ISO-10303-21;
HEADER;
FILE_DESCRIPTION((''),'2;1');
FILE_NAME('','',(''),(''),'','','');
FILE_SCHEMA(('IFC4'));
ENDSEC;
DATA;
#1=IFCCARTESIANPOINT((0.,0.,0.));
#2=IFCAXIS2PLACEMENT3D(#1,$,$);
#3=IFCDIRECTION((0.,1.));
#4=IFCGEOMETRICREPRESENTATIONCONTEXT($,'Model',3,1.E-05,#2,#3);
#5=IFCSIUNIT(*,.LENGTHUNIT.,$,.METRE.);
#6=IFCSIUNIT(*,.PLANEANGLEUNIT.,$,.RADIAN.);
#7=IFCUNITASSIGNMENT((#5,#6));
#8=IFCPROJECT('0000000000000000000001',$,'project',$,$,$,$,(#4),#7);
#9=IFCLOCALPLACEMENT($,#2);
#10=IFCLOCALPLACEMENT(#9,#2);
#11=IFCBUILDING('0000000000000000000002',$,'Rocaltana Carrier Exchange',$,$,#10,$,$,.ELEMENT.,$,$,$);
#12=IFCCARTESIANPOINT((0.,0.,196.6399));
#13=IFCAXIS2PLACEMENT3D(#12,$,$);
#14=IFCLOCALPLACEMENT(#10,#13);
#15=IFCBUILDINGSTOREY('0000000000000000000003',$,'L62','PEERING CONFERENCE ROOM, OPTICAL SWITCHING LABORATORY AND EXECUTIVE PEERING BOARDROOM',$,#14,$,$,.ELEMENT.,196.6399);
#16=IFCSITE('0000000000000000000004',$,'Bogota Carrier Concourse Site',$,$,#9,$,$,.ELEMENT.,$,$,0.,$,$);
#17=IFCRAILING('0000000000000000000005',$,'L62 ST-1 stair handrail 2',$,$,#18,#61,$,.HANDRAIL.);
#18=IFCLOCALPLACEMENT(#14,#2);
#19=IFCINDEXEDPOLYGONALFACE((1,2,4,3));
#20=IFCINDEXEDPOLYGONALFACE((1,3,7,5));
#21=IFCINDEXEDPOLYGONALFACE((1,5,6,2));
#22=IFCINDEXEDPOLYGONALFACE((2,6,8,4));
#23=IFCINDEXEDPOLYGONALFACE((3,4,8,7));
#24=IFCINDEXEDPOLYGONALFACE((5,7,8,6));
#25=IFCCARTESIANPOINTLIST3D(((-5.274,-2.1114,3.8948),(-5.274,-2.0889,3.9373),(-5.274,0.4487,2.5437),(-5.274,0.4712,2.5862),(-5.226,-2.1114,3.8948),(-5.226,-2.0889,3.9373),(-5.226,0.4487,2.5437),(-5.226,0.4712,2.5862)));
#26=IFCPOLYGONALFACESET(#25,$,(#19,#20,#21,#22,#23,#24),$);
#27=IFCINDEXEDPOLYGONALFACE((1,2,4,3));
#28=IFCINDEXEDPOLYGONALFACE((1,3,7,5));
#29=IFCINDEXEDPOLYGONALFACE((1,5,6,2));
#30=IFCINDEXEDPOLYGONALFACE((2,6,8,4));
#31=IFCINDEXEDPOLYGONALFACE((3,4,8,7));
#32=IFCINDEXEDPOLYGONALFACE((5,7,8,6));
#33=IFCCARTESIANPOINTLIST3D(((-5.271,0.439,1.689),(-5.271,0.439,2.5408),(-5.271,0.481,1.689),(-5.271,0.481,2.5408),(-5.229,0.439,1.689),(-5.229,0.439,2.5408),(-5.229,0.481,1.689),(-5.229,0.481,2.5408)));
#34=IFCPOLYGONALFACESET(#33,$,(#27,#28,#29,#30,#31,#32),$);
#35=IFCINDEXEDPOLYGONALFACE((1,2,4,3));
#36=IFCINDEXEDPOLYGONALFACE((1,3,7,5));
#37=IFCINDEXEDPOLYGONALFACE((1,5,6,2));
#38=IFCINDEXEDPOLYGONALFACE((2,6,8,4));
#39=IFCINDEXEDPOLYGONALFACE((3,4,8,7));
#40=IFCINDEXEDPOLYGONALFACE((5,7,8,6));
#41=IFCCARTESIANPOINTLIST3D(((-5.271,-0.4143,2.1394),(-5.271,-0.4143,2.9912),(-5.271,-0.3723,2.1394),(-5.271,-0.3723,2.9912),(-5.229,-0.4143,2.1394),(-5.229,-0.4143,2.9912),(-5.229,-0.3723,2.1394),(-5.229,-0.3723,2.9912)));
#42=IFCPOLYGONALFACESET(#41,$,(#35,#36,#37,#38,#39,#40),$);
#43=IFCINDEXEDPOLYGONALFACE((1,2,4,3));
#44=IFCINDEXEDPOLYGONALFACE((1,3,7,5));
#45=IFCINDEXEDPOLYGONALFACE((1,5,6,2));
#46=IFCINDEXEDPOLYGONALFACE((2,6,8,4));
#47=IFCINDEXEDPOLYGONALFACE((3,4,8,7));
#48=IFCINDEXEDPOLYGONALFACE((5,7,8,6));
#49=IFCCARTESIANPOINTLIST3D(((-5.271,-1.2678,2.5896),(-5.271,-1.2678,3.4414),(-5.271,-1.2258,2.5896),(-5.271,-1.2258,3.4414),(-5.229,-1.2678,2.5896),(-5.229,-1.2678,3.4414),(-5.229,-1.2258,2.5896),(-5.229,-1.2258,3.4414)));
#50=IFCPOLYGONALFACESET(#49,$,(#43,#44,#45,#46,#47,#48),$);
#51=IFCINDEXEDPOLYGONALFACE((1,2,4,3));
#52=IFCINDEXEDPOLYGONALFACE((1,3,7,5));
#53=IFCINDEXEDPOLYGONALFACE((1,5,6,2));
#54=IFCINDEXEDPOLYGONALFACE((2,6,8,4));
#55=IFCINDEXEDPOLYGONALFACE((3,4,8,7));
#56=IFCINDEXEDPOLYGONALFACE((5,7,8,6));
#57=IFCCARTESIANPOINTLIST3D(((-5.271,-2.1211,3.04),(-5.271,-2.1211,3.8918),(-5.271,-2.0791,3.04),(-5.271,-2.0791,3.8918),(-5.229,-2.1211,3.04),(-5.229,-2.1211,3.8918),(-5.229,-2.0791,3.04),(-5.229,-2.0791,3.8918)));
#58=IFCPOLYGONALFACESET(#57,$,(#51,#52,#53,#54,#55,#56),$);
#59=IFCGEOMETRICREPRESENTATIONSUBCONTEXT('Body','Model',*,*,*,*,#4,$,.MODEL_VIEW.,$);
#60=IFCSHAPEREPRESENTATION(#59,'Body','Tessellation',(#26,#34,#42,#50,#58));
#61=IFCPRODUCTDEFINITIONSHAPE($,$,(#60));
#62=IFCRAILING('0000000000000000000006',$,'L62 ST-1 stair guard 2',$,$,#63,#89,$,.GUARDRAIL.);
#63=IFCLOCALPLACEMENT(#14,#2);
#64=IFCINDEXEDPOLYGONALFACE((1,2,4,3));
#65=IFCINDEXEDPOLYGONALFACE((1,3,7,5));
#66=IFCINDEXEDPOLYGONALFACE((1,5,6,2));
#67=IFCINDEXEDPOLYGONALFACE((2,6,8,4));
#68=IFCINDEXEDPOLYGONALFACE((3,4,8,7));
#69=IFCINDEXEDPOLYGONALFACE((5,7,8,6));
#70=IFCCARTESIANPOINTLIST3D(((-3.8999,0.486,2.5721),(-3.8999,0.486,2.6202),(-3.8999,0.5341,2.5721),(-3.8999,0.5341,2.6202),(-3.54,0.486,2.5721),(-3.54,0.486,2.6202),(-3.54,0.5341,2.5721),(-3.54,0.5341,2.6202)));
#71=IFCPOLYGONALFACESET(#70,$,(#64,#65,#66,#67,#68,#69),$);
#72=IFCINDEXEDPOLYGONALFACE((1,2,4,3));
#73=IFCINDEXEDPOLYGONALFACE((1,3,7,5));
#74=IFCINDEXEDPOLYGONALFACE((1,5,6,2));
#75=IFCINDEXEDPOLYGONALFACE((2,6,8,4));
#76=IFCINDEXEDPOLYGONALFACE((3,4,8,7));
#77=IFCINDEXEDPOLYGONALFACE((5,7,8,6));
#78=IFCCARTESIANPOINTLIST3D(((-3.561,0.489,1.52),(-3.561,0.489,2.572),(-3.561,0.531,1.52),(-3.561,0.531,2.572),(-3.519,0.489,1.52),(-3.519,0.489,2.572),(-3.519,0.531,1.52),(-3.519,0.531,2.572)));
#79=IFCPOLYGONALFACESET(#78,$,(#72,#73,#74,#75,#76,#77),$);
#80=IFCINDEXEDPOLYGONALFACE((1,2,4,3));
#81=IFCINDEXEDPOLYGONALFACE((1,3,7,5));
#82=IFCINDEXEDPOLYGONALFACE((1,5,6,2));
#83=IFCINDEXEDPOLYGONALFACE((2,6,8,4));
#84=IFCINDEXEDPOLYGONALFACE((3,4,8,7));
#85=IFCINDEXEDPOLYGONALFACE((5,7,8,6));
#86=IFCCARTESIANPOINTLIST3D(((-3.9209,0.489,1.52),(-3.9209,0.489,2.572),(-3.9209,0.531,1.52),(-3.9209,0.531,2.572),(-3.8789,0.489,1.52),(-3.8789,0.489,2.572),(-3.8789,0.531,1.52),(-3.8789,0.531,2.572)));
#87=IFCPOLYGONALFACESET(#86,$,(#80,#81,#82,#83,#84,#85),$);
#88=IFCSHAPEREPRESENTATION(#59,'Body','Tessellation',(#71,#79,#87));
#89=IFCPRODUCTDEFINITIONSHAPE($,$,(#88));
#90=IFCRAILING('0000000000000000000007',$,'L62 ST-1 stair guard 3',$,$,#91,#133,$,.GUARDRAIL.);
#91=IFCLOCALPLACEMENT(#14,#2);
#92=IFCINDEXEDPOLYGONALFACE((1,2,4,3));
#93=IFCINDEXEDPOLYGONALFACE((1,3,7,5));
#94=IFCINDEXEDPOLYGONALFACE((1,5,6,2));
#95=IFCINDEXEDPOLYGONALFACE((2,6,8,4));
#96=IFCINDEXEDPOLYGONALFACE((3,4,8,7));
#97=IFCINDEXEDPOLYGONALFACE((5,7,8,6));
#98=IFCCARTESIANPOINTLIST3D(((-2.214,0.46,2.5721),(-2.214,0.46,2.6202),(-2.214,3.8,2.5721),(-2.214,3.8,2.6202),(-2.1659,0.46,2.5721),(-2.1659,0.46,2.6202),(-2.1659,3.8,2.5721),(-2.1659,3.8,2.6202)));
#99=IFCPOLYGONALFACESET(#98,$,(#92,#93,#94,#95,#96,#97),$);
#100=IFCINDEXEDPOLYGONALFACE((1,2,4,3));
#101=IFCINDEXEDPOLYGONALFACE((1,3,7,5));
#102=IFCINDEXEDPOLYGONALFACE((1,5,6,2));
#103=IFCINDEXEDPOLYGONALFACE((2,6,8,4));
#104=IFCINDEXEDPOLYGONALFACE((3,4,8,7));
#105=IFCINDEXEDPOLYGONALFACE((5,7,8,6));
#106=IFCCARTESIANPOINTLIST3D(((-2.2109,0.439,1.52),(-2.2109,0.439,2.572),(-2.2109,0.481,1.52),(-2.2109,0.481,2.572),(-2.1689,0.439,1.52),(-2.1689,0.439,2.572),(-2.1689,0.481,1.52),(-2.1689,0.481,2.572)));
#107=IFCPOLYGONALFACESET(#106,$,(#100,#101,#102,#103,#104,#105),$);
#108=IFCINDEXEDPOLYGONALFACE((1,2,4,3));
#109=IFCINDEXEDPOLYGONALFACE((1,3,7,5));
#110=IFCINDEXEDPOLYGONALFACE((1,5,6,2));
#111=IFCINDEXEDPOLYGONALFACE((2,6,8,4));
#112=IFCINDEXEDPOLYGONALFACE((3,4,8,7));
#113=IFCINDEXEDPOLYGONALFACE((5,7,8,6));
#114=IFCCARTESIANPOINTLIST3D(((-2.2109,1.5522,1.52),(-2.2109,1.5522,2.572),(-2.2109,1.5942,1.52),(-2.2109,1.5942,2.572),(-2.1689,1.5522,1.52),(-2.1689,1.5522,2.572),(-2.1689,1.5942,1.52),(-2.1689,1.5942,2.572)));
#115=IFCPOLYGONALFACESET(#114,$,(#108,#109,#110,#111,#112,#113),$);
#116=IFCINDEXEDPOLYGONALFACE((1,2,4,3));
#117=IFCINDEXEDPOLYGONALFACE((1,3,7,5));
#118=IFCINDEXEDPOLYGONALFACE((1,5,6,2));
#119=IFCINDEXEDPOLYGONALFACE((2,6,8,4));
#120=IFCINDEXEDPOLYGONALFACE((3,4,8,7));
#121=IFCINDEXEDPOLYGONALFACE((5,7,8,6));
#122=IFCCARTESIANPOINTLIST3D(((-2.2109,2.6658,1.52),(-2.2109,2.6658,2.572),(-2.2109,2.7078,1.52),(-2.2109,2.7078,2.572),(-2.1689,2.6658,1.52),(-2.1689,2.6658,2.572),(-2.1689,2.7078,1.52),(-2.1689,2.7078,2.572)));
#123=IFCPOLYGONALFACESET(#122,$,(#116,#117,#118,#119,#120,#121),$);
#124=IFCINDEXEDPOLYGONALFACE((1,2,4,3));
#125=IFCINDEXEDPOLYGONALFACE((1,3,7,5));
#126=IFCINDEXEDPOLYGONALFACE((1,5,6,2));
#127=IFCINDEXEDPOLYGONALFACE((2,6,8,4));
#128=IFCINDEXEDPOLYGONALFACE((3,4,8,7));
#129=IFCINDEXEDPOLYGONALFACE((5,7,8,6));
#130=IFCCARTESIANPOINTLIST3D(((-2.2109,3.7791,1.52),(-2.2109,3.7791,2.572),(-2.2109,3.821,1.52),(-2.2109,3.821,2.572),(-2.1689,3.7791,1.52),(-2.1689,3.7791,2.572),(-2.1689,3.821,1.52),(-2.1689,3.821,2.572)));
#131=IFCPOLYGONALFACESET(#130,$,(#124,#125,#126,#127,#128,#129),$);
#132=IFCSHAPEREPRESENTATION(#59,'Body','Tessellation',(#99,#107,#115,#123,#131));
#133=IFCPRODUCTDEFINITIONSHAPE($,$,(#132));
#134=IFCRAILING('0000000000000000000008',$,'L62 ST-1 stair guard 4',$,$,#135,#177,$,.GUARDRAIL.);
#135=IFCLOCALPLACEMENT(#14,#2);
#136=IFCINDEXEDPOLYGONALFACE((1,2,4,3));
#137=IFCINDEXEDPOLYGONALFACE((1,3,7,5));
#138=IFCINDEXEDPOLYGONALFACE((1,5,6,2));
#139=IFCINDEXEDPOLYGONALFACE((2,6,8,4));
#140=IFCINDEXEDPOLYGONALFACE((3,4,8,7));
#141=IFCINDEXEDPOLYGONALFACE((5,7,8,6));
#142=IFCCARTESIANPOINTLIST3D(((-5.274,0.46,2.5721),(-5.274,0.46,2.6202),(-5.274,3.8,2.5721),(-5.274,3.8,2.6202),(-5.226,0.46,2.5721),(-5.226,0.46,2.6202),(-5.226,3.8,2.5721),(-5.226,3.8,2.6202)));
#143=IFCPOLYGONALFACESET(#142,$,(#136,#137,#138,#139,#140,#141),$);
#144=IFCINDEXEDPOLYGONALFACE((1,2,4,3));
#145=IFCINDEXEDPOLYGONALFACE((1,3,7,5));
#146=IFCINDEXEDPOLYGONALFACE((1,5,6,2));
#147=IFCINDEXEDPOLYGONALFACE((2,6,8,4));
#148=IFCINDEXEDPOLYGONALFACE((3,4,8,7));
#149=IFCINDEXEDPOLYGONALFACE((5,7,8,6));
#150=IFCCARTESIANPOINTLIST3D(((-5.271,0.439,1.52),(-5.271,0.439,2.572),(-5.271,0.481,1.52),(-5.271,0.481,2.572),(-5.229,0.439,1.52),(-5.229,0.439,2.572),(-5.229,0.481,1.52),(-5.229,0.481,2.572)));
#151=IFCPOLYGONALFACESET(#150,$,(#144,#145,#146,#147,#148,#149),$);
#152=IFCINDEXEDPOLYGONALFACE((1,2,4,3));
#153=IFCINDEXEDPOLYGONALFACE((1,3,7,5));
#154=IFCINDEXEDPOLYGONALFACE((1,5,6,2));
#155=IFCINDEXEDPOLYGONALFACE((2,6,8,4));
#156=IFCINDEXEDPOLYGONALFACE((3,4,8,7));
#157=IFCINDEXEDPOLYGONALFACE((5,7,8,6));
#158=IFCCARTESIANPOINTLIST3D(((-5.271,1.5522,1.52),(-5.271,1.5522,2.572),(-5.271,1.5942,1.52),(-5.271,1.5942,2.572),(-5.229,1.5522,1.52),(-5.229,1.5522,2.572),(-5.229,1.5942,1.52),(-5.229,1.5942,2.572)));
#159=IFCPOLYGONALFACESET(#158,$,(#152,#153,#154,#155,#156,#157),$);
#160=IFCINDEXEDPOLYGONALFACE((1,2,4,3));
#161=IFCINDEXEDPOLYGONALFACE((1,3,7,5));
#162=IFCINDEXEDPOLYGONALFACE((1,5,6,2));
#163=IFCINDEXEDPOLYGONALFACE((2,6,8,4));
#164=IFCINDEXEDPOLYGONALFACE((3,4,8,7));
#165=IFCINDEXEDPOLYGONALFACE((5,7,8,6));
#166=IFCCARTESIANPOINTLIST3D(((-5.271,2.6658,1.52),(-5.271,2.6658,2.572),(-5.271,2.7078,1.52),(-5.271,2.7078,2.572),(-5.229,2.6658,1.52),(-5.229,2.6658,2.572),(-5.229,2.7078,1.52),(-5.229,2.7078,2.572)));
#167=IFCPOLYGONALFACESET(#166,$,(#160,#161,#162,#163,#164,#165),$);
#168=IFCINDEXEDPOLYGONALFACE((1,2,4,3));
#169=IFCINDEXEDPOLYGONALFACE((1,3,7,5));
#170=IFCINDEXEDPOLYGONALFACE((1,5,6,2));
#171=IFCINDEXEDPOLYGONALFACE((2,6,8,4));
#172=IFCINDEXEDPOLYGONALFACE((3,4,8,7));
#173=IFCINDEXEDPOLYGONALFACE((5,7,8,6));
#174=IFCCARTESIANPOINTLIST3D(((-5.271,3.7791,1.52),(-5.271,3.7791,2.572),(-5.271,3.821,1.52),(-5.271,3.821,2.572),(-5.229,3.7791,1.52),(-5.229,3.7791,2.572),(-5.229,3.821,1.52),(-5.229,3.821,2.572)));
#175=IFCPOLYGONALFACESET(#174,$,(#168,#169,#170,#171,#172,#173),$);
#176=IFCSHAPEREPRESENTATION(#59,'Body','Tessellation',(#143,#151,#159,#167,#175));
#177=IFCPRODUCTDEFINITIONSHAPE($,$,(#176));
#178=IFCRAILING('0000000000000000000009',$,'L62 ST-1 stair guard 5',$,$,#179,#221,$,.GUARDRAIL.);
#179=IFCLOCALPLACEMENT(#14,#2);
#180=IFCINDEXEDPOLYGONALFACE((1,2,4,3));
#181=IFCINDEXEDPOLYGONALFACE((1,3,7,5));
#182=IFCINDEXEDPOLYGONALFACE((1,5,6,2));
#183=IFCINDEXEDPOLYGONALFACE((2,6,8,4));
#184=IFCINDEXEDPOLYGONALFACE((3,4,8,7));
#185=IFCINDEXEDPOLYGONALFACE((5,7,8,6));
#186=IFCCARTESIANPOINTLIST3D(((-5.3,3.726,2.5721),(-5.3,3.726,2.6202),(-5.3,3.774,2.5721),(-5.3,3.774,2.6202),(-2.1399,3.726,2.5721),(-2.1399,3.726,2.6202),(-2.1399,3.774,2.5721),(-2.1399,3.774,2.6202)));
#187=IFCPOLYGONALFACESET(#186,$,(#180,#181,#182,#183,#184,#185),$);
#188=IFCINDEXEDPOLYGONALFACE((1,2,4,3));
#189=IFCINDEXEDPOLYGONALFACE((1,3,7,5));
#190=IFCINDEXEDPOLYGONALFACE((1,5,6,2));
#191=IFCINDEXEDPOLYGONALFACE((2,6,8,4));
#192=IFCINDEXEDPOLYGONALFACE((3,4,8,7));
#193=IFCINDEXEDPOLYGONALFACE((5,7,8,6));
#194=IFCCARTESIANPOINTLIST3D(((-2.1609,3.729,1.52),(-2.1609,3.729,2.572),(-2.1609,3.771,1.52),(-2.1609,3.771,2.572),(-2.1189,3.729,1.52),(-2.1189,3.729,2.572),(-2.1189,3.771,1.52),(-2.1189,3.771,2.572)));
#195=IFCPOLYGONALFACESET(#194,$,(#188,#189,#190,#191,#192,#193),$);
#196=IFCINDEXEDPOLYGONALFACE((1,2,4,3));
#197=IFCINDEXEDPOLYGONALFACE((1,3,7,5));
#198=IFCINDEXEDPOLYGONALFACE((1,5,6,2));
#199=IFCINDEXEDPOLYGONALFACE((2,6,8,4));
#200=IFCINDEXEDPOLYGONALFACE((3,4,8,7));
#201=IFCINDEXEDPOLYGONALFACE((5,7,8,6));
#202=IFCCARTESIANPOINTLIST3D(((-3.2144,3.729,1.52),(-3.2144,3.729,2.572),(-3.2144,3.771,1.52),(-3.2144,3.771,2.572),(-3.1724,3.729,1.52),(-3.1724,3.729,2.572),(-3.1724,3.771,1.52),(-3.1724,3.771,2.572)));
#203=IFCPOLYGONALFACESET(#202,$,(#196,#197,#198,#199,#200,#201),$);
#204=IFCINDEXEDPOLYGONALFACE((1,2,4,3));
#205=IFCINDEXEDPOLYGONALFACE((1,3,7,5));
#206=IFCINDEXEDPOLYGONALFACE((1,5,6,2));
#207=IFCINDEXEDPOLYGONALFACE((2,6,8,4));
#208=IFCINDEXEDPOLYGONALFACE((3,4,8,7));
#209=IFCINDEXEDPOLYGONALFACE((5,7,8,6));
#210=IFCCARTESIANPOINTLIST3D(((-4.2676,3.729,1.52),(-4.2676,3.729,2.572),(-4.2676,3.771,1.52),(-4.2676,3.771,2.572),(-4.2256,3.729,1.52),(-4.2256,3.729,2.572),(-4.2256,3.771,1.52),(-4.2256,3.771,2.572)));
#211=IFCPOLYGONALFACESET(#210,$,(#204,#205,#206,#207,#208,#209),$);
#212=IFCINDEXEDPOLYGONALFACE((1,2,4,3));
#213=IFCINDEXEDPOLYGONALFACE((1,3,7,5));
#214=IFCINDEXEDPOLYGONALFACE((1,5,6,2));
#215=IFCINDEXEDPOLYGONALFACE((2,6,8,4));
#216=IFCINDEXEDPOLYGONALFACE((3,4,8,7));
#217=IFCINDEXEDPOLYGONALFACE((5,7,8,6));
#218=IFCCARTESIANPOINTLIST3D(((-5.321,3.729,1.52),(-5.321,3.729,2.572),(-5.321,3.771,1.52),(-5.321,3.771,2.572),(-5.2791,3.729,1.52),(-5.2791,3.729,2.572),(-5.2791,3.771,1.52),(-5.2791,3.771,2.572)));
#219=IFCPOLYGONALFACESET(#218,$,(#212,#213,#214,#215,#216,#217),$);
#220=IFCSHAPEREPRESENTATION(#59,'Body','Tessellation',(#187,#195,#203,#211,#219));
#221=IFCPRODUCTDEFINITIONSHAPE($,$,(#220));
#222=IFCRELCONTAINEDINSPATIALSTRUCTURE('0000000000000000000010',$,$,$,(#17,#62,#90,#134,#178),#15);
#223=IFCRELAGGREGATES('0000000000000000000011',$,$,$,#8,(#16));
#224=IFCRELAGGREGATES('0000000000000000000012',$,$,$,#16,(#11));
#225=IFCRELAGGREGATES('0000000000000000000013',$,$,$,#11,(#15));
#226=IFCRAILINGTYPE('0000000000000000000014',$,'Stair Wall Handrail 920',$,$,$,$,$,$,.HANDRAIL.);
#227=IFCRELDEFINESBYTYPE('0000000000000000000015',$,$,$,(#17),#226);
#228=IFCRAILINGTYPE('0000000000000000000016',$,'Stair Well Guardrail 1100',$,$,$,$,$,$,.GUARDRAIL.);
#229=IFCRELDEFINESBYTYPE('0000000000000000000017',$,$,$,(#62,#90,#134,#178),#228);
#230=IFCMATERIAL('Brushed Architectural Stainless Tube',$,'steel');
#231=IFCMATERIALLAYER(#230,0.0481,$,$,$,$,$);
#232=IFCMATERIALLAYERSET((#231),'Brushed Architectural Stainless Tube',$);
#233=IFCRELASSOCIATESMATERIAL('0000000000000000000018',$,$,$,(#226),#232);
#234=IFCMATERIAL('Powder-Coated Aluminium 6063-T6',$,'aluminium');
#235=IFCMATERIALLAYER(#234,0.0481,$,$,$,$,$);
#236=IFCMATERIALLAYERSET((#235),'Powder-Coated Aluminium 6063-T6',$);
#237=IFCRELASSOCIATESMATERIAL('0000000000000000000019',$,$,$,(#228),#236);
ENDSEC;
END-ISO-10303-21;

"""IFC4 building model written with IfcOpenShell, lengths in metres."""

from ifc_helpers import new_model, si_unit, direction, frame, origin, origin_2d, place, context, subcontext, project, spatial, rectangle, extrude, material, layer, layer_set, type_object, element, save


model = new_model("IFC4")

# Units and contexts
model_context = context("Model", 3, precision=1e-05, world=origin(), true_north=direction((0.0, 1.0)))
body_context = subcontext(model_context, "Body", "Model", "MODEL_VIEW")
ifc_project = project(units=[si_unit("LENGTHUNIT", "METRE"), si_unit("PLANEANGLEUNIT", "RADIAN")], contexts=[model_context])

# Site, building, storey
site_placement = place(None, origin())
site = spatial("IfcSite", under=ifc_project, at=site_placement, Name="Bogota Carrier Concourse Site", CompositionType="ELEMENT", RefElevation=0.0)
building_placement = place(site_placement, origin())
building = spatial("IfcBuilding", under=site, at=building_placement, Name="Rocaltana Carrier Exchange", CompositionType="ELEMENT")
storey_placement = place(building_placement, frame((0.0, 0.0, 196.6399)))
storey = spatial("IfcBuildingStorey", under=building, at=storey_placement, Name="L62", Description="PEERING CONFERENCE ROOM, OPTICAL SWITCHING LABORATORY AND EXECUTIVE PEERING BOARDROOM", CompositionType="ELEMENT", Elevation=196.6399)

# Railings
ifc_material_1 = material(Name="Brushed Architectural Stainless Tube", Category="steel")
ifc_layer_1 = layer(ifc_material_1, 0.0481)
ifc_layer_set_1 = layer_set([ifc_layer_1], Name="Brushed Architectural Stainless Tube")
railing_type_1 = type_object("IfcRailingType", Name="Stair Wall Handrail 920", PredefinedType="HANDRAIL", material=ifc_layer_set_1)
railing_1_placement = place(storey_placement, frame((-5.25, 0.46, 1.689)))
element("IfcRailing", 1, at=railing_1_placement, inside=storey, type_object=railing_type_1, Name="L62 ST-1 stair handrail 2", PredefinedType="HANDRAIL", context=body_context, shape_type="SweptSolid", body=[
    extrude(rectangle(XDim=0.0481, YDim=0.0481, at=origin_2d()), frame((0.0, 0.0, 0.876), z_axis=(0.0, -0.884394, 0.46674), x_axis=(1.0, 0.0, 0.0)), (0.0, 0.0, 1.0), 2.8948),
    extrude(rectangle(XDim=0.042, YDim=0.042, at=origin_2d()), origin(), (0.0, 0.0, 1.0), 0.8518),
    extrude(rectangle(XDim=0.042, YDim=0.042, at=origin_2d()), frame((0.0, -0.8533, 0.4504)), (0.0, 0.0, 1.0), 0.8518),
    extrude(rectangle(XDim=0.042, YDim=0.042, at=origin_2d()), frame((0.0, -1.7068, 0.9006)), (0.0, 0.0, 1.0), 0.8518),
    extrude(rectangle(XDim=0.042, YDim=0.042, at=origin_2d()), frame((0.0, -2.5601, 1.3511)), (0.0, 0.0, 1.0), 0.8518),
])
ifc_material_2 = material(Name="Powder-Coated Aluminium 6063-T6", Category="aluminium")
ifc_layer_2 = layer(ifc_material_2, 0.0481)
ifc_layer_set_2 = layer_set([ifc_layer_2], Name="Powder-Coated Aluminium 6063-T6")
railing_type_2 = type_object("IfcRailingType", Name="Stair Well Guardrail 1100", PredefinedType="GUARDRAIL", material=ifc_layer_set_2)
railing_2_placement = place(storey_placement, frame((-3.54, 0.51, 1.52)))
element("IfcRailing", 2, at=railing_2_placement, inside=storey, type_object=railing_type_2, Name="L62 ST-1 stair guard 2", PredefinedType="GUARDRAIL", context=body_context, shape_type="SweptSolid", body=[
    extrude(rectangle(XDim=0.0481, YDim=0.0481, at=origin_2d()), frame((0.0, 0.0, 1.0762), z_axis=(-1.0, 0.0, 0.0), x_axis=(0.0, -1.0, 0.0)), (0.0, 0.0, 1.0), 0.3599),
    extrude(rectangle(XDim=0.042, YDim=0.042, at=origin_2d()), origin(), (0.0, 0.0, 1.0), 1.052),
    extrude(rectangle(XDim=0.042, YDim=0.042, at=origin_2d()), frame((-0.3599, 0.0, 0.0)), (0.0, 0.0, 1.0), 1.052),
])
for number, where, name in (
    (3, (-2.1899, 0.46, 1.52), "L62 ST-1 stair guard 3"),
    (4, (-5.25, 0.46, 1.52), "L62 ST-1 stair guard 4"),
):
    element("IfcRailing", number, at=place(storey_placement, frame(where)), inside=storey, type_object=railing_type_2, Name=name, PredefinedType="GUARDRAIL", context=body_context, shape_type="SweptSolid", body=[
        extrude(rectangle(XDim=0.0481, YDim=0.0481, at=origin_2d()), frame((0.0, 0.0, 1.0762), z_axis=(0.0, 1.0, 0.0), x_axis=(-1.0, 0.0, 0.0)), (0.0, 0.0, 1.0), 3.3401),
        extrude(rectangle(XDim=0.042, YDim=0.042, at=origin_2d()), origin(), (0.0, 0.0, 1.0), 1.052),
        extrude(rectangle(XDim=0.042, YDim=0.042, at=origin_2d()), frame((0.0, 1.1133, 0.0)), (0.0, 0.0, 1.0), 1.052),
        extrude(rectangle(XDim=0.042, YDim=0.042, at=origin_2d()), frame((0.0, 2.2268, 0.0)), (0.0, 0.0, 1.0), 1.052),
        extrude(rectangle(XDim=0.042, YDim=0.042, at=origin_2d()), frame((0.0, 3.3401, 0.0)), (0.0, 0.0, 1.0), 1.052),
    ])
railing_3_placement = place(storey_placement, frame((-2.1399, 3.75, 1.52)))
element("IfcRailing", 5, at=railing_3_placement, inside=storey, type_object=railing_type_2, Name="L62 ST-1 stair guard 5", PredefinedType="GUARDRAIL", context=body_context, shape_type="SweptSolid", body=[
    extrude(rectangle(XDim=0.0481, YDim=0.0481, at=origin_2d()), frame((0.0, 0.0, 1.0762), z_axis=(-1.0, 0.0, 0.0), x_axis=(0.0, -1.0, 0.0)), (0.0, 0.0, 1.0), 3.1602),
    extrude(rectangle(XDim=0.042, YDim=0.042, at=origin_2d()), origin(), (0.0, 0.0, 1.0), 1.052),
    extrude(rectangle(XDim=0.042, YDim=0.042, at=origin_2d()), frame((-1.0535, 0.0, 0.0)), (0.0, 0.0, 1.0), 1.052),
    extrude(rectangle(XDim=0.042, YDim=0.042, at=origin_2d()), frame((-2.1067, 0.0, 0.0)), (0.0, 0.0, 1.0), 1.052),
    extrude(rectangle(XDim=0.042, YDim=0.042, at=origin_2d()), frame((-3.1602, 0.0, 0.0)), (0.0, 0.0, 1.0), 1.052),
])

save(model, "model.ifc")
